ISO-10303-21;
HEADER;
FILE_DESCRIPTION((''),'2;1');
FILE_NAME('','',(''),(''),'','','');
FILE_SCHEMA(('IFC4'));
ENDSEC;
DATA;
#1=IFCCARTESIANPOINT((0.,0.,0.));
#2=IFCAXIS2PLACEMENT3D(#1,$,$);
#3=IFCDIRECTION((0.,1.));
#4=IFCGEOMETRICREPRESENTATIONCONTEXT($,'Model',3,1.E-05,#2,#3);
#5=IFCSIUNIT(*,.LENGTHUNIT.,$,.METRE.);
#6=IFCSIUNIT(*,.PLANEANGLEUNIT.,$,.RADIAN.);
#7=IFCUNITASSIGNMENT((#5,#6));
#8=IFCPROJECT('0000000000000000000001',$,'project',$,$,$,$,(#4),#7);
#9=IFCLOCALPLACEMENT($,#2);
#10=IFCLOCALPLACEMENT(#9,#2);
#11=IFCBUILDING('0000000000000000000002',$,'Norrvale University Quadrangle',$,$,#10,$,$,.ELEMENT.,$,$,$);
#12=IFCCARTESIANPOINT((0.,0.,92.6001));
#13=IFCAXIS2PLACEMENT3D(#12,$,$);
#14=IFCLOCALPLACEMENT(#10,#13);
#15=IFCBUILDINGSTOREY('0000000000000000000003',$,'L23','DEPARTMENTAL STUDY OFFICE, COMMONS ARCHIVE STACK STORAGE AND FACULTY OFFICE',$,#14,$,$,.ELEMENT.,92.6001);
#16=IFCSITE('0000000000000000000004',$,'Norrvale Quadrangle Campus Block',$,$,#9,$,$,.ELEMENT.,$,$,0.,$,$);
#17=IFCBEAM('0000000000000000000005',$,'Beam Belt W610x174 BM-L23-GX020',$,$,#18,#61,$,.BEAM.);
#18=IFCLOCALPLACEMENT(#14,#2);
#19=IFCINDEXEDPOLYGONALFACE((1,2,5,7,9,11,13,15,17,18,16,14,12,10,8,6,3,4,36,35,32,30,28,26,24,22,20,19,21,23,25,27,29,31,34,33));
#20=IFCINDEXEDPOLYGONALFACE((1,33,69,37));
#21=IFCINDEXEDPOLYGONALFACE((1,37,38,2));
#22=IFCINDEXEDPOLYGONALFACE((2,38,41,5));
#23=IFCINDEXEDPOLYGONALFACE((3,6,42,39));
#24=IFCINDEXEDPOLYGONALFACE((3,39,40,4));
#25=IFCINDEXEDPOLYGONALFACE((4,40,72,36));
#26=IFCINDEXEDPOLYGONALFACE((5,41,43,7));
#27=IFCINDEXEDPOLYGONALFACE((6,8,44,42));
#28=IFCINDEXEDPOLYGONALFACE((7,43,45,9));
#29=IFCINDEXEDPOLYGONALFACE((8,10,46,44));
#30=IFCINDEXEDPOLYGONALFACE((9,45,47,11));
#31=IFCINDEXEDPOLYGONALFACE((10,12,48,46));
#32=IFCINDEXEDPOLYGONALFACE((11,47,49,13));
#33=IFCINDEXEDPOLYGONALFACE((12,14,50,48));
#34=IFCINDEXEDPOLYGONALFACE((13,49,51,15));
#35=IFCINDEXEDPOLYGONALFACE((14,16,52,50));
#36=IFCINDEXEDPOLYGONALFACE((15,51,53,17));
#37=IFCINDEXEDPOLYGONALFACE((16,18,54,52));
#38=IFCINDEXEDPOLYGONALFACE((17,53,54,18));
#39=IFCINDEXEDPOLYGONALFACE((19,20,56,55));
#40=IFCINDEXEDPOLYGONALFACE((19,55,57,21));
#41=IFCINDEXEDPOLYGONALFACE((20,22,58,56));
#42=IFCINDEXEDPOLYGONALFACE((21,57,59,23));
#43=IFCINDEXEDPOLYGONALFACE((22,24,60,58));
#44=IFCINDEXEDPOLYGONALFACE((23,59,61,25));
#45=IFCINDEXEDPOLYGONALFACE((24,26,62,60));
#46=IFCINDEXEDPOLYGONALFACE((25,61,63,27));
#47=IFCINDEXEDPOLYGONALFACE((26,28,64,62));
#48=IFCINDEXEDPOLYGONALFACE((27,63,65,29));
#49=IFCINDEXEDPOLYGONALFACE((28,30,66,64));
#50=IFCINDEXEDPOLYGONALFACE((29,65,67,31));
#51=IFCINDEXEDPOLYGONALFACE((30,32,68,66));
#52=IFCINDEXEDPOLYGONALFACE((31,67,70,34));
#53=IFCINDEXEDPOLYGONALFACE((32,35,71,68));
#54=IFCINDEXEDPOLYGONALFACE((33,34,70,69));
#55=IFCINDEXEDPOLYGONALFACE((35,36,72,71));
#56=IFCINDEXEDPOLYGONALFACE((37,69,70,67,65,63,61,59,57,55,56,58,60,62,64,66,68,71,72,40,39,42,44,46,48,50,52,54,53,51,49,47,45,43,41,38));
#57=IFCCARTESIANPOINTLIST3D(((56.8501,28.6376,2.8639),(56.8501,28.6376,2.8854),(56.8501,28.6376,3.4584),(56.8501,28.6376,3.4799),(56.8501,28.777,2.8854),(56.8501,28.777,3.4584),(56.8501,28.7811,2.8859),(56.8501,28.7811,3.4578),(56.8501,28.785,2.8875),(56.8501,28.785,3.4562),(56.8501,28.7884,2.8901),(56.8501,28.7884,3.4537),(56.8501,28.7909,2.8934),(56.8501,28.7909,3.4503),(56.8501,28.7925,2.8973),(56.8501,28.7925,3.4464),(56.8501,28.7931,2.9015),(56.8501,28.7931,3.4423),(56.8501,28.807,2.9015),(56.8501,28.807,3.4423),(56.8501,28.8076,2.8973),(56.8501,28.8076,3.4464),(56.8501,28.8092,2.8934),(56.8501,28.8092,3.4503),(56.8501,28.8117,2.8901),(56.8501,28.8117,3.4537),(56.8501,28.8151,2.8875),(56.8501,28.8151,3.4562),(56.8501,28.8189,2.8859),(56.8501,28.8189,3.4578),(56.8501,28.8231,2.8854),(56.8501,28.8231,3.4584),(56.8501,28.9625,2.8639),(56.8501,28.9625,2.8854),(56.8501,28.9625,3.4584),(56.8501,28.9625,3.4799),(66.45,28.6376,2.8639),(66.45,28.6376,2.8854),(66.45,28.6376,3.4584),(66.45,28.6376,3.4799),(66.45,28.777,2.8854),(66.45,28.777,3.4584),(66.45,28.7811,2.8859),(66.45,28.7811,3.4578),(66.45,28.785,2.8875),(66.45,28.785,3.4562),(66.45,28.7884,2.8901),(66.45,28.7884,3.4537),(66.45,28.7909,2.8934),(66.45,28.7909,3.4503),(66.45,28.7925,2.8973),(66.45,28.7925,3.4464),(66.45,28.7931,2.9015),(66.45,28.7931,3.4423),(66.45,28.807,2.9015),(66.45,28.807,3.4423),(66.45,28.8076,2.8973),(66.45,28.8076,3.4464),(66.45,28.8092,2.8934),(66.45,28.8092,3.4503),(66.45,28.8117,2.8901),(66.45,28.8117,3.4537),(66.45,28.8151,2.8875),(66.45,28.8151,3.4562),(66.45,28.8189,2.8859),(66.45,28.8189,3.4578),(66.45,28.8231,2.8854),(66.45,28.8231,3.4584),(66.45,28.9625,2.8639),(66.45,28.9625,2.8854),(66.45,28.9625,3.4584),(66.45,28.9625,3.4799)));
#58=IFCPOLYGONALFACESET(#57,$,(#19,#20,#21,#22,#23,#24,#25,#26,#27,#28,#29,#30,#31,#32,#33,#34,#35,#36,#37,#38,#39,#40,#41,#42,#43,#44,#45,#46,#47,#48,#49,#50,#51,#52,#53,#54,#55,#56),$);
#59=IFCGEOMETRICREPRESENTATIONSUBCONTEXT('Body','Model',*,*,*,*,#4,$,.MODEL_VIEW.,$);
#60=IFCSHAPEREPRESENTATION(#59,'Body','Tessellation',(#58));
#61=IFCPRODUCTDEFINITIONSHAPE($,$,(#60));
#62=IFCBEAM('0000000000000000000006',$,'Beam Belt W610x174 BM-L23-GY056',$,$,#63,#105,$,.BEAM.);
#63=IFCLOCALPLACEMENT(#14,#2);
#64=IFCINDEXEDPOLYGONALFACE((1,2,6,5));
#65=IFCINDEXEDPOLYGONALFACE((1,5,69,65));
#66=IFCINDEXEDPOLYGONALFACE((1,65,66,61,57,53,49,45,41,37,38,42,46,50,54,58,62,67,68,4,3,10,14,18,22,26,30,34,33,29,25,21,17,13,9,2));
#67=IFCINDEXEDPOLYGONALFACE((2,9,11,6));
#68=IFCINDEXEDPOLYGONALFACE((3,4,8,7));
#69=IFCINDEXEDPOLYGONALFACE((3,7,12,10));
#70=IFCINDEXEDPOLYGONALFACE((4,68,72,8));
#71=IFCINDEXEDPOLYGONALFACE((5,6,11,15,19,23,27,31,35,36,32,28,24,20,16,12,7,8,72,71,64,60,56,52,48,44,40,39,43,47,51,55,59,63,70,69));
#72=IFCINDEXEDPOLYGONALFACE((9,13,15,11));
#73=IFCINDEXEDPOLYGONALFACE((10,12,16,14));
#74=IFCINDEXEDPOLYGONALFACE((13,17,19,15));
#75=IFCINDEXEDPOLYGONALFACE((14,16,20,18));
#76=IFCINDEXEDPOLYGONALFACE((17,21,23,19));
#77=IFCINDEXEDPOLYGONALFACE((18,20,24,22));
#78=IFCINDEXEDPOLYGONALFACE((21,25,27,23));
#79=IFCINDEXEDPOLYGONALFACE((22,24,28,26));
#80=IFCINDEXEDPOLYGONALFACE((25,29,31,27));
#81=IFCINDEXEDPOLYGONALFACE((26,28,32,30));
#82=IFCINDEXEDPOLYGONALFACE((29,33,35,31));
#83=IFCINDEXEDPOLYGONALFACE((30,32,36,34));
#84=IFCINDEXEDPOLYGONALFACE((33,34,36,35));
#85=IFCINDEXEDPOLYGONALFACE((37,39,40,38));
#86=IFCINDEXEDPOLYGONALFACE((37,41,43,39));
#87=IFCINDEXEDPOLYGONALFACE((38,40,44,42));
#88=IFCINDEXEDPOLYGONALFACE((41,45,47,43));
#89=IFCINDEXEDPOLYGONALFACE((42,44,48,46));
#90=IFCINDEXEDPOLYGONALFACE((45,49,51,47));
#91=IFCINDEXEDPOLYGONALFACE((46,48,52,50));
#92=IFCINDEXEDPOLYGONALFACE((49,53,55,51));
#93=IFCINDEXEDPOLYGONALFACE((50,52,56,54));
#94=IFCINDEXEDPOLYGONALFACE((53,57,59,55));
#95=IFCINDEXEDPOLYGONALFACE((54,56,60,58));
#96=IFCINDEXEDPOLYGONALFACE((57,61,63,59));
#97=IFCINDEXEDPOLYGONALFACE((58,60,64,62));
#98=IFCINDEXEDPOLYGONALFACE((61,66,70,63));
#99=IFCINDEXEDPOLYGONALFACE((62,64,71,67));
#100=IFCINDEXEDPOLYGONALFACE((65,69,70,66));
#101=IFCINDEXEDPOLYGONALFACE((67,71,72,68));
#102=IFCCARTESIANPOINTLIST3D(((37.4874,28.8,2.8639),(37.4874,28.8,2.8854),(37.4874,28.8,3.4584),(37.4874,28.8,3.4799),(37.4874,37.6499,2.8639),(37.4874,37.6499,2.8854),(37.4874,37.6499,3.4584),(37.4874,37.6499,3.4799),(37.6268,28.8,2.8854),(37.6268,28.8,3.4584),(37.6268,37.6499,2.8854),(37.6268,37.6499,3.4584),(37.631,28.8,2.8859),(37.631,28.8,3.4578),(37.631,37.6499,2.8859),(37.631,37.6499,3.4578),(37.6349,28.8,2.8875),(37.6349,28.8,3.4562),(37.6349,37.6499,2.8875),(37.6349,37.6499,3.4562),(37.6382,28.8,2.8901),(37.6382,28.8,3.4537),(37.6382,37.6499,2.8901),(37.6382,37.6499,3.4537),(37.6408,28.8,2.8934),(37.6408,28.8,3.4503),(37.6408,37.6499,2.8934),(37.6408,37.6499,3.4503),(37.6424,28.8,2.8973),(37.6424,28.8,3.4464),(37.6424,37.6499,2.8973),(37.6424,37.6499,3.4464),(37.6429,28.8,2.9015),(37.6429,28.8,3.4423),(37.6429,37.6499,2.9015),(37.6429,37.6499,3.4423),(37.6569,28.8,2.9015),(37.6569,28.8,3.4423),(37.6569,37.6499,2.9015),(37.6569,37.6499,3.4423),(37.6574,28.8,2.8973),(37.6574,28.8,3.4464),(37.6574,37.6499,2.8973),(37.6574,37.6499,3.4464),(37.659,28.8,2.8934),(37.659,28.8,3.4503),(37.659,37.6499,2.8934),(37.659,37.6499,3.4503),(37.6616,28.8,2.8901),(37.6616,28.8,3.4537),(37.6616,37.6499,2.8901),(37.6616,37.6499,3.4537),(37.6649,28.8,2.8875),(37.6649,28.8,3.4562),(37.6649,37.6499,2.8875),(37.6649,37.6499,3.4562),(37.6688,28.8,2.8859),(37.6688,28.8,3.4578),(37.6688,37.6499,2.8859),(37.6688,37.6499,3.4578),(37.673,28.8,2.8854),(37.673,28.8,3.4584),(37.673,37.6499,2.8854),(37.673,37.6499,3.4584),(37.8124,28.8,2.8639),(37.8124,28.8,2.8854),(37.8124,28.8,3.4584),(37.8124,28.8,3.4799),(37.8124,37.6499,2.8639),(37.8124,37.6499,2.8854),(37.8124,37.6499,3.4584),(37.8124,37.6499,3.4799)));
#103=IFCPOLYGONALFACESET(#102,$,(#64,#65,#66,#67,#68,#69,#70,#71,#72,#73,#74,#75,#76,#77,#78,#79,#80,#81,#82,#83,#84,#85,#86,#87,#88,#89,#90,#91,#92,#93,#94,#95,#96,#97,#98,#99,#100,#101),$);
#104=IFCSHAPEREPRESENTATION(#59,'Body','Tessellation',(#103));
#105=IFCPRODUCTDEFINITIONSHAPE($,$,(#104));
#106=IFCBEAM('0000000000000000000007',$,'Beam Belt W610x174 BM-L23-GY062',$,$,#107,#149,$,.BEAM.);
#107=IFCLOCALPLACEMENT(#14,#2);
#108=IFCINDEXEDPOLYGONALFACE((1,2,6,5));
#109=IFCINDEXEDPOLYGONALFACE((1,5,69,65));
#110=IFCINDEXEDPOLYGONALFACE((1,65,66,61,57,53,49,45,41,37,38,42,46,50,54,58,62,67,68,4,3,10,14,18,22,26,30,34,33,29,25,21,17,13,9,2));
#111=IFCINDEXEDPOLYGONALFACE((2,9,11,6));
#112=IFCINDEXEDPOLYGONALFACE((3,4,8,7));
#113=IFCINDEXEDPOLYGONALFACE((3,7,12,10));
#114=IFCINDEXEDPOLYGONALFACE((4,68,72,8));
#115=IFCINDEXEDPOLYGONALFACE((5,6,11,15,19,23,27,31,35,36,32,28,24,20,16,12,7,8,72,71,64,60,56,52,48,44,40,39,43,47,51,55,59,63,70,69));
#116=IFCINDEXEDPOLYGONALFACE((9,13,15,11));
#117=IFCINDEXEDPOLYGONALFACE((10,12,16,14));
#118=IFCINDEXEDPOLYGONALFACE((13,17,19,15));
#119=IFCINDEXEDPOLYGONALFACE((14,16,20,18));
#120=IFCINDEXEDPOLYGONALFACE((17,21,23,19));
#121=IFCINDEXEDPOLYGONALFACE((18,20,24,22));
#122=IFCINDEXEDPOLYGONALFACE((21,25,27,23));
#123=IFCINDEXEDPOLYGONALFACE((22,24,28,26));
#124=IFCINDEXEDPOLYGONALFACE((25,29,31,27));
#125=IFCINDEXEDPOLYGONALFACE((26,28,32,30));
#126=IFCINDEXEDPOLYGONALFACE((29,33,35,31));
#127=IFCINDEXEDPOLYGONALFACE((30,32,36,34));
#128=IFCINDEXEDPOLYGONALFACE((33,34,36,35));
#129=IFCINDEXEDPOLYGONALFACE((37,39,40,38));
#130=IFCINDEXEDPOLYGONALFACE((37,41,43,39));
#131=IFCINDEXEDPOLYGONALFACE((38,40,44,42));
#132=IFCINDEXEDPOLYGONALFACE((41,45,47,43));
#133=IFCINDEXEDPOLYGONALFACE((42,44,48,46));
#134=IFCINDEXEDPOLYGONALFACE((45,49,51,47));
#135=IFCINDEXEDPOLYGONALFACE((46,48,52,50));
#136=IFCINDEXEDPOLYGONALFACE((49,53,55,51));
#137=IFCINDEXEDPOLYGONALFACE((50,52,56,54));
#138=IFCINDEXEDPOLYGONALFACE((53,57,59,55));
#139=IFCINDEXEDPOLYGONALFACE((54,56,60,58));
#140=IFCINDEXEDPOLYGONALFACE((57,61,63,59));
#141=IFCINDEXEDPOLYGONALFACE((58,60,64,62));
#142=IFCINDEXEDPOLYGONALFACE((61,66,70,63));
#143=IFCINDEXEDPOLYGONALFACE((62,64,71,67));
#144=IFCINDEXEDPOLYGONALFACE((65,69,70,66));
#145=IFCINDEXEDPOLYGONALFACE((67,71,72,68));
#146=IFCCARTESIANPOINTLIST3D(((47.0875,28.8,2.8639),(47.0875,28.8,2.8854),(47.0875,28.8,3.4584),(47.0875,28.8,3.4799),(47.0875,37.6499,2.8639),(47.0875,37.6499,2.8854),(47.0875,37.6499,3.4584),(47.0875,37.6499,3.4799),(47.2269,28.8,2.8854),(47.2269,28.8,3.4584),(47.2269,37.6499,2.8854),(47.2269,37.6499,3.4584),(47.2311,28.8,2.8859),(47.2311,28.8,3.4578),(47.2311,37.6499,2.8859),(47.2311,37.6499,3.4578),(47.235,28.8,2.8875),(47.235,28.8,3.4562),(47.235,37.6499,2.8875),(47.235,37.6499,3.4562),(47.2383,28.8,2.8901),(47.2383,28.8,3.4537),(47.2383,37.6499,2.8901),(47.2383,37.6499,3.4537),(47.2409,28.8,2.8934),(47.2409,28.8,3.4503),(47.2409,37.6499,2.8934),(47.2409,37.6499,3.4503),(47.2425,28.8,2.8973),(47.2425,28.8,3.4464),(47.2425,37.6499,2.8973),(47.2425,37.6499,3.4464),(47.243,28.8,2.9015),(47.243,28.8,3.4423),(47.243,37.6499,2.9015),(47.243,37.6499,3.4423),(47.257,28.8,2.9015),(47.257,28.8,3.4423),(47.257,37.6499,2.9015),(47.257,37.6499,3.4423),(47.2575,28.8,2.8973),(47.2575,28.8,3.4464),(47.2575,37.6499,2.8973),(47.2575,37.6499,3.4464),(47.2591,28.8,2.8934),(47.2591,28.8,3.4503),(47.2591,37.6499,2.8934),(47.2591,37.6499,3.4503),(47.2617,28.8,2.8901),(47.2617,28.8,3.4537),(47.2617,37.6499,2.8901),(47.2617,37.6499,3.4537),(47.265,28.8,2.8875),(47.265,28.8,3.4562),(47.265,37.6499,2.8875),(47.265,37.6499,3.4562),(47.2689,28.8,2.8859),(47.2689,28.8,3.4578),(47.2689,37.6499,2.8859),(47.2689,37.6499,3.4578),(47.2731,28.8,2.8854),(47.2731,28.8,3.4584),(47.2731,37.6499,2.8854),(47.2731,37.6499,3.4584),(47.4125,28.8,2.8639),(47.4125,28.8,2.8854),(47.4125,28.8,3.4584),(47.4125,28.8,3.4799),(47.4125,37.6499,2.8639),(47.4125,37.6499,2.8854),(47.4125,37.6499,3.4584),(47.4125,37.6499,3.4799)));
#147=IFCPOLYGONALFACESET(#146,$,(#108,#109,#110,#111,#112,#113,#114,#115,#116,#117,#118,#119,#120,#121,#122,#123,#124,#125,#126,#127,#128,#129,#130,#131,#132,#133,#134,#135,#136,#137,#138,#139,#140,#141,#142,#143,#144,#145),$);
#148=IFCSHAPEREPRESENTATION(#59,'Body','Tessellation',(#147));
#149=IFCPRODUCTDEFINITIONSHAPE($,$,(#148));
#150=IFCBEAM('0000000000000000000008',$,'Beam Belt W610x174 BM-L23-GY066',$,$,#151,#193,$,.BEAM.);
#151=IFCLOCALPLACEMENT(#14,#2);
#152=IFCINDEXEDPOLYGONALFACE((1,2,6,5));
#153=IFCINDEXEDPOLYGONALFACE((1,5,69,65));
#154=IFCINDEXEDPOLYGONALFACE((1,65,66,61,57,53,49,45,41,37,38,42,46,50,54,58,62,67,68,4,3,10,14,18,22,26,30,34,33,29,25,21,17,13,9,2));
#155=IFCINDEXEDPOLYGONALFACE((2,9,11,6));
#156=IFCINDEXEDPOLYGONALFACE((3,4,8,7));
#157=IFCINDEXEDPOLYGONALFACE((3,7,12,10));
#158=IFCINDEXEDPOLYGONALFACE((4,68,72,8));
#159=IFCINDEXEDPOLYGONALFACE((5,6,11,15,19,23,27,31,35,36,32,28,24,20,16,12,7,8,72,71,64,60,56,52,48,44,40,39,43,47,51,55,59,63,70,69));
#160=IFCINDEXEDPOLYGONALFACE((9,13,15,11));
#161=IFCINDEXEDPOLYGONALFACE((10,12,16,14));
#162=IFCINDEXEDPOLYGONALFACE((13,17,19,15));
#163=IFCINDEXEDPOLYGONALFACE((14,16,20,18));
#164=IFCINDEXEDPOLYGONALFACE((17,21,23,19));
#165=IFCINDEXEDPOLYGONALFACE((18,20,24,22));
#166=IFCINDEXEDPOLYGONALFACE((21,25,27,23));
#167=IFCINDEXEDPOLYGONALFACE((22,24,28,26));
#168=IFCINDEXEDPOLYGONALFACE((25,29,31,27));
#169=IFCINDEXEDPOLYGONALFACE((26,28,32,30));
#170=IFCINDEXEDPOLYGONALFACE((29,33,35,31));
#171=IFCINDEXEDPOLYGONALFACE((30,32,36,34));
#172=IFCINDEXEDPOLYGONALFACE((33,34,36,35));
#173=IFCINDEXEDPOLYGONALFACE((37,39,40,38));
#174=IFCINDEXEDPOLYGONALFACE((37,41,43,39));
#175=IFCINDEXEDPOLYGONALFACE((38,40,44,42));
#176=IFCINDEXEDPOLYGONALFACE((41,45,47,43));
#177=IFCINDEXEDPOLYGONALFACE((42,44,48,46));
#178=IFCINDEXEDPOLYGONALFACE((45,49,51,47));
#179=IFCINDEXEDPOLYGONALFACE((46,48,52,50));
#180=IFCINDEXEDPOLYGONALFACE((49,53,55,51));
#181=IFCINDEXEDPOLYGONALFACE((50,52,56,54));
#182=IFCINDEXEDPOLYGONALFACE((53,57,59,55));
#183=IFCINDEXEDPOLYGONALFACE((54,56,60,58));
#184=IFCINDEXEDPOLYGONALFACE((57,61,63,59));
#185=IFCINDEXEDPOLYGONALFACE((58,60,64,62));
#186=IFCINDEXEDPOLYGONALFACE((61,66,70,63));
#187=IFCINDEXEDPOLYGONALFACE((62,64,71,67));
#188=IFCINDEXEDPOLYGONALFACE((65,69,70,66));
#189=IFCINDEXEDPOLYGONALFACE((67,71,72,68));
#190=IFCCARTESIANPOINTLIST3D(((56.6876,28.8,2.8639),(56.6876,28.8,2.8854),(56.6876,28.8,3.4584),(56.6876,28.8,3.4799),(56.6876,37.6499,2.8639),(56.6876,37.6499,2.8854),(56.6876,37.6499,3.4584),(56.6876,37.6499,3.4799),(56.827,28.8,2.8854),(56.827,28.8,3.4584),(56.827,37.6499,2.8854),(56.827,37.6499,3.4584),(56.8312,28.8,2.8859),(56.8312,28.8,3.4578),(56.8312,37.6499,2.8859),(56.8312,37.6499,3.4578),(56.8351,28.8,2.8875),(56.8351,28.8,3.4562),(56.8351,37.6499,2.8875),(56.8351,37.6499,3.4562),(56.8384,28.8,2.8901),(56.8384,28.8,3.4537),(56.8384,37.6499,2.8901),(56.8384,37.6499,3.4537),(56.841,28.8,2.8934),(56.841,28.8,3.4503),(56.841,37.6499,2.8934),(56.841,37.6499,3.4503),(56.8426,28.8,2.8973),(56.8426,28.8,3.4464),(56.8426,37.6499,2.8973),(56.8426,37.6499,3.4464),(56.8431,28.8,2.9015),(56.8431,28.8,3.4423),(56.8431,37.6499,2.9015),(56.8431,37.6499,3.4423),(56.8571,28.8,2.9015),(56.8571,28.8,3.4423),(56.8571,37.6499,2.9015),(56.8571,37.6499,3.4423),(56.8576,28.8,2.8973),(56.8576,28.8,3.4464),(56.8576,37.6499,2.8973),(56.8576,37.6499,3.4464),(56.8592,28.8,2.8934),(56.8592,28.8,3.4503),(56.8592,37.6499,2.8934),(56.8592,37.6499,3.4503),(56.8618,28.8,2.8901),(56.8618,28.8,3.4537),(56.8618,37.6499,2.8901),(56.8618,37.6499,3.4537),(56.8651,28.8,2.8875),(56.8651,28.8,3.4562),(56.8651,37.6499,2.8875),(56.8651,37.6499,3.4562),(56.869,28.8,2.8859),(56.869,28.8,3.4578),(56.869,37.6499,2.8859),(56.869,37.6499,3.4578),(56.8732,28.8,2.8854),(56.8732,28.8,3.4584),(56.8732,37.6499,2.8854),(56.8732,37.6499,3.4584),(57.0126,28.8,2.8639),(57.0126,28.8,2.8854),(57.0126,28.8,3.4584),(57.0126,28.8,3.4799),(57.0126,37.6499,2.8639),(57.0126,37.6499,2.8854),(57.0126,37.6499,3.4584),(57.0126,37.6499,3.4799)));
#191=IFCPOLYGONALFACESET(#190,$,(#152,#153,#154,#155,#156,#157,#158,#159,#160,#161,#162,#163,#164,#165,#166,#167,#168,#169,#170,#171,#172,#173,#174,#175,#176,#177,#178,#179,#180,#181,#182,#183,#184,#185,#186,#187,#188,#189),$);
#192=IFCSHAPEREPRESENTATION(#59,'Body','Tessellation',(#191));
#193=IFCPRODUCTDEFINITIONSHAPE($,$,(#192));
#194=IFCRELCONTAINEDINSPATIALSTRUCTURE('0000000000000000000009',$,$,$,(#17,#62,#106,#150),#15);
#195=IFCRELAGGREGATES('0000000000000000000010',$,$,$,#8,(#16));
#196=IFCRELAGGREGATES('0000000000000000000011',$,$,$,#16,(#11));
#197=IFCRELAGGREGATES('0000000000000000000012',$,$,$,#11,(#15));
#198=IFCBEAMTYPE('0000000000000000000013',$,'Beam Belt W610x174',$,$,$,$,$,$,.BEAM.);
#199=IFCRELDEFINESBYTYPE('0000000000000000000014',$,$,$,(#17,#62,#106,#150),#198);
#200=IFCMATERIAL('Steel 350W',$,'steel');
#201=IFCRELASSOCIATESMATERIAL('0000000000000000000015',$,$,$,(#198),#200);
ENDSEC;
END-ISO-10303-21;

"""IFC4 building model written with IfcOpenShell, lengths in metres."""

from ifc_helpers import new_model, si_unit, direction, frame, origin, origin_2d, place, context, subcontext, project, spatial, i_section, extrude, material, material_profile, profile_set, type_object, element, save


model = new_model("IFC4")

# Units and contexts
model_context = context("Model", 3, precision=1e-05, world=origin(), true_north=direction((0.0, 1.0)))
body_context = subcontext(model_context, "Body", "Model", "MODEL_VIEW")
ifc_project = project(units=[si_unit("LENGTHUNIT", "METRE"), si_unit("PLANEANGLEUNIT", "RADIAN")], contexts=[model_context])

# Site, building, storey
site_placement = place(None, origin())
site = spatial("IfcSite", under=ifc_project, at=site_placement, Name="Norrvale Quadrangle Campus Block", CompositionType="ELEMENT", RefElevation=0.0)
building_placement = place(site_placement, origin())
building = spatial("IfcBuilding", under=site, at=building_placement, Name="Norrvale University Quadrangle", CompositionType="ELEMENT")
storey_placement = place(building_placement, frame((0.0, 0.0, 92.6001)))
storey = spatial("IfcBuildingStorey", under=building, at=storey_placement, Name="L23", Description="DEPARTMENTAL STUDY OFFICE, COMMONS ARCHIVE STACK STORAGE AND FACULTY OFFICE", CompositionType="ELEMENT", Elevation=92.6001)

# Beams
ifc_material_1 = material(Name="Steel 350W", Category="steel")
ifc_material_profile_1 = material_profile(ifc_material_1, i_section(OverallWidth=0.325, OverallDepth=0.616, WebThickness=0.0139, FlangeThickness=0.0215, FilletRadius=0.0161, at=origin_2d()), Name="Steel 350W")
ifc_profile_set_1 = profile_set([ifc_material_profile_1], Name="Steel 350W")
beam_type_1 = type_object("IfcBeamType", Name="Beam Belt W610x174", PredefinedType="BEAM", material=ifc_profile_set_1)
beam_1_placement = place(storey_placement, frame((56.8501, 28.8, 3.1719), z_axis=(1.0, 0.0, 0.0), x_axis=(0.0, 1.0, 0.0)))
element("IfcBeam", 1, at=beam_1_placement, inside=storey, type_object=beam_type_1, Name="Beam Belt W610x174 BM-L23-GX020", PredefinedType="BEAM", context=body_context, shape_type="SweptSolid", body=[
    extrude(i_section(OverallWidth=0.325, OverallDepth=0.616, WebThickness=0.0139, FlangeThickness=0.0215, FilletRadius=0.0161, at=origin_2d()), origin(), (0.0, 0.0, 1.0), 9.5999),
])
for number, where, z_axis, x_axis, name in (
    (2, (37.6499, 28.8, 3.1719), (0.0, 1.0, 0.0), (-1.0, 0.0, 0.0), "Beam Belt W610x174 BM-L23-GY056"),
    (3, (47.25, 28.8, 3.1719), (0.0, 1.0, 0.0), (-1.0, 0.0, 0.0), "Beam Belt W610x174 BM-L23-GY062"),
    (4, (56.8501, 28.8, 3.1719), (0.0, 1.0, 0.0), (-1.0, 0.0, 0.0), "Beam Belt W610x174 BM-L23-GY066"),
):
    element("IfcBeam", number, at=place(storey_placement, frame(where, z_axis=z_axis, x_axis=x_axis)), inside=storey, type_object=beam_type_1, Name=name, PredefinedType="BEAM", context=body_context, shape_type="SweptSolid", body=[
        extrude(i_section(OverallWidth=0.325, OverallDepth=0.616, WebThickness=0.0139, FlangeThickness=0.0215, FilletRadius=0.0161, at=origin_2d()), origin(), (0.0, 0.0, 1.0), 8.8499),
    ])

save(model, "model.ifc")
